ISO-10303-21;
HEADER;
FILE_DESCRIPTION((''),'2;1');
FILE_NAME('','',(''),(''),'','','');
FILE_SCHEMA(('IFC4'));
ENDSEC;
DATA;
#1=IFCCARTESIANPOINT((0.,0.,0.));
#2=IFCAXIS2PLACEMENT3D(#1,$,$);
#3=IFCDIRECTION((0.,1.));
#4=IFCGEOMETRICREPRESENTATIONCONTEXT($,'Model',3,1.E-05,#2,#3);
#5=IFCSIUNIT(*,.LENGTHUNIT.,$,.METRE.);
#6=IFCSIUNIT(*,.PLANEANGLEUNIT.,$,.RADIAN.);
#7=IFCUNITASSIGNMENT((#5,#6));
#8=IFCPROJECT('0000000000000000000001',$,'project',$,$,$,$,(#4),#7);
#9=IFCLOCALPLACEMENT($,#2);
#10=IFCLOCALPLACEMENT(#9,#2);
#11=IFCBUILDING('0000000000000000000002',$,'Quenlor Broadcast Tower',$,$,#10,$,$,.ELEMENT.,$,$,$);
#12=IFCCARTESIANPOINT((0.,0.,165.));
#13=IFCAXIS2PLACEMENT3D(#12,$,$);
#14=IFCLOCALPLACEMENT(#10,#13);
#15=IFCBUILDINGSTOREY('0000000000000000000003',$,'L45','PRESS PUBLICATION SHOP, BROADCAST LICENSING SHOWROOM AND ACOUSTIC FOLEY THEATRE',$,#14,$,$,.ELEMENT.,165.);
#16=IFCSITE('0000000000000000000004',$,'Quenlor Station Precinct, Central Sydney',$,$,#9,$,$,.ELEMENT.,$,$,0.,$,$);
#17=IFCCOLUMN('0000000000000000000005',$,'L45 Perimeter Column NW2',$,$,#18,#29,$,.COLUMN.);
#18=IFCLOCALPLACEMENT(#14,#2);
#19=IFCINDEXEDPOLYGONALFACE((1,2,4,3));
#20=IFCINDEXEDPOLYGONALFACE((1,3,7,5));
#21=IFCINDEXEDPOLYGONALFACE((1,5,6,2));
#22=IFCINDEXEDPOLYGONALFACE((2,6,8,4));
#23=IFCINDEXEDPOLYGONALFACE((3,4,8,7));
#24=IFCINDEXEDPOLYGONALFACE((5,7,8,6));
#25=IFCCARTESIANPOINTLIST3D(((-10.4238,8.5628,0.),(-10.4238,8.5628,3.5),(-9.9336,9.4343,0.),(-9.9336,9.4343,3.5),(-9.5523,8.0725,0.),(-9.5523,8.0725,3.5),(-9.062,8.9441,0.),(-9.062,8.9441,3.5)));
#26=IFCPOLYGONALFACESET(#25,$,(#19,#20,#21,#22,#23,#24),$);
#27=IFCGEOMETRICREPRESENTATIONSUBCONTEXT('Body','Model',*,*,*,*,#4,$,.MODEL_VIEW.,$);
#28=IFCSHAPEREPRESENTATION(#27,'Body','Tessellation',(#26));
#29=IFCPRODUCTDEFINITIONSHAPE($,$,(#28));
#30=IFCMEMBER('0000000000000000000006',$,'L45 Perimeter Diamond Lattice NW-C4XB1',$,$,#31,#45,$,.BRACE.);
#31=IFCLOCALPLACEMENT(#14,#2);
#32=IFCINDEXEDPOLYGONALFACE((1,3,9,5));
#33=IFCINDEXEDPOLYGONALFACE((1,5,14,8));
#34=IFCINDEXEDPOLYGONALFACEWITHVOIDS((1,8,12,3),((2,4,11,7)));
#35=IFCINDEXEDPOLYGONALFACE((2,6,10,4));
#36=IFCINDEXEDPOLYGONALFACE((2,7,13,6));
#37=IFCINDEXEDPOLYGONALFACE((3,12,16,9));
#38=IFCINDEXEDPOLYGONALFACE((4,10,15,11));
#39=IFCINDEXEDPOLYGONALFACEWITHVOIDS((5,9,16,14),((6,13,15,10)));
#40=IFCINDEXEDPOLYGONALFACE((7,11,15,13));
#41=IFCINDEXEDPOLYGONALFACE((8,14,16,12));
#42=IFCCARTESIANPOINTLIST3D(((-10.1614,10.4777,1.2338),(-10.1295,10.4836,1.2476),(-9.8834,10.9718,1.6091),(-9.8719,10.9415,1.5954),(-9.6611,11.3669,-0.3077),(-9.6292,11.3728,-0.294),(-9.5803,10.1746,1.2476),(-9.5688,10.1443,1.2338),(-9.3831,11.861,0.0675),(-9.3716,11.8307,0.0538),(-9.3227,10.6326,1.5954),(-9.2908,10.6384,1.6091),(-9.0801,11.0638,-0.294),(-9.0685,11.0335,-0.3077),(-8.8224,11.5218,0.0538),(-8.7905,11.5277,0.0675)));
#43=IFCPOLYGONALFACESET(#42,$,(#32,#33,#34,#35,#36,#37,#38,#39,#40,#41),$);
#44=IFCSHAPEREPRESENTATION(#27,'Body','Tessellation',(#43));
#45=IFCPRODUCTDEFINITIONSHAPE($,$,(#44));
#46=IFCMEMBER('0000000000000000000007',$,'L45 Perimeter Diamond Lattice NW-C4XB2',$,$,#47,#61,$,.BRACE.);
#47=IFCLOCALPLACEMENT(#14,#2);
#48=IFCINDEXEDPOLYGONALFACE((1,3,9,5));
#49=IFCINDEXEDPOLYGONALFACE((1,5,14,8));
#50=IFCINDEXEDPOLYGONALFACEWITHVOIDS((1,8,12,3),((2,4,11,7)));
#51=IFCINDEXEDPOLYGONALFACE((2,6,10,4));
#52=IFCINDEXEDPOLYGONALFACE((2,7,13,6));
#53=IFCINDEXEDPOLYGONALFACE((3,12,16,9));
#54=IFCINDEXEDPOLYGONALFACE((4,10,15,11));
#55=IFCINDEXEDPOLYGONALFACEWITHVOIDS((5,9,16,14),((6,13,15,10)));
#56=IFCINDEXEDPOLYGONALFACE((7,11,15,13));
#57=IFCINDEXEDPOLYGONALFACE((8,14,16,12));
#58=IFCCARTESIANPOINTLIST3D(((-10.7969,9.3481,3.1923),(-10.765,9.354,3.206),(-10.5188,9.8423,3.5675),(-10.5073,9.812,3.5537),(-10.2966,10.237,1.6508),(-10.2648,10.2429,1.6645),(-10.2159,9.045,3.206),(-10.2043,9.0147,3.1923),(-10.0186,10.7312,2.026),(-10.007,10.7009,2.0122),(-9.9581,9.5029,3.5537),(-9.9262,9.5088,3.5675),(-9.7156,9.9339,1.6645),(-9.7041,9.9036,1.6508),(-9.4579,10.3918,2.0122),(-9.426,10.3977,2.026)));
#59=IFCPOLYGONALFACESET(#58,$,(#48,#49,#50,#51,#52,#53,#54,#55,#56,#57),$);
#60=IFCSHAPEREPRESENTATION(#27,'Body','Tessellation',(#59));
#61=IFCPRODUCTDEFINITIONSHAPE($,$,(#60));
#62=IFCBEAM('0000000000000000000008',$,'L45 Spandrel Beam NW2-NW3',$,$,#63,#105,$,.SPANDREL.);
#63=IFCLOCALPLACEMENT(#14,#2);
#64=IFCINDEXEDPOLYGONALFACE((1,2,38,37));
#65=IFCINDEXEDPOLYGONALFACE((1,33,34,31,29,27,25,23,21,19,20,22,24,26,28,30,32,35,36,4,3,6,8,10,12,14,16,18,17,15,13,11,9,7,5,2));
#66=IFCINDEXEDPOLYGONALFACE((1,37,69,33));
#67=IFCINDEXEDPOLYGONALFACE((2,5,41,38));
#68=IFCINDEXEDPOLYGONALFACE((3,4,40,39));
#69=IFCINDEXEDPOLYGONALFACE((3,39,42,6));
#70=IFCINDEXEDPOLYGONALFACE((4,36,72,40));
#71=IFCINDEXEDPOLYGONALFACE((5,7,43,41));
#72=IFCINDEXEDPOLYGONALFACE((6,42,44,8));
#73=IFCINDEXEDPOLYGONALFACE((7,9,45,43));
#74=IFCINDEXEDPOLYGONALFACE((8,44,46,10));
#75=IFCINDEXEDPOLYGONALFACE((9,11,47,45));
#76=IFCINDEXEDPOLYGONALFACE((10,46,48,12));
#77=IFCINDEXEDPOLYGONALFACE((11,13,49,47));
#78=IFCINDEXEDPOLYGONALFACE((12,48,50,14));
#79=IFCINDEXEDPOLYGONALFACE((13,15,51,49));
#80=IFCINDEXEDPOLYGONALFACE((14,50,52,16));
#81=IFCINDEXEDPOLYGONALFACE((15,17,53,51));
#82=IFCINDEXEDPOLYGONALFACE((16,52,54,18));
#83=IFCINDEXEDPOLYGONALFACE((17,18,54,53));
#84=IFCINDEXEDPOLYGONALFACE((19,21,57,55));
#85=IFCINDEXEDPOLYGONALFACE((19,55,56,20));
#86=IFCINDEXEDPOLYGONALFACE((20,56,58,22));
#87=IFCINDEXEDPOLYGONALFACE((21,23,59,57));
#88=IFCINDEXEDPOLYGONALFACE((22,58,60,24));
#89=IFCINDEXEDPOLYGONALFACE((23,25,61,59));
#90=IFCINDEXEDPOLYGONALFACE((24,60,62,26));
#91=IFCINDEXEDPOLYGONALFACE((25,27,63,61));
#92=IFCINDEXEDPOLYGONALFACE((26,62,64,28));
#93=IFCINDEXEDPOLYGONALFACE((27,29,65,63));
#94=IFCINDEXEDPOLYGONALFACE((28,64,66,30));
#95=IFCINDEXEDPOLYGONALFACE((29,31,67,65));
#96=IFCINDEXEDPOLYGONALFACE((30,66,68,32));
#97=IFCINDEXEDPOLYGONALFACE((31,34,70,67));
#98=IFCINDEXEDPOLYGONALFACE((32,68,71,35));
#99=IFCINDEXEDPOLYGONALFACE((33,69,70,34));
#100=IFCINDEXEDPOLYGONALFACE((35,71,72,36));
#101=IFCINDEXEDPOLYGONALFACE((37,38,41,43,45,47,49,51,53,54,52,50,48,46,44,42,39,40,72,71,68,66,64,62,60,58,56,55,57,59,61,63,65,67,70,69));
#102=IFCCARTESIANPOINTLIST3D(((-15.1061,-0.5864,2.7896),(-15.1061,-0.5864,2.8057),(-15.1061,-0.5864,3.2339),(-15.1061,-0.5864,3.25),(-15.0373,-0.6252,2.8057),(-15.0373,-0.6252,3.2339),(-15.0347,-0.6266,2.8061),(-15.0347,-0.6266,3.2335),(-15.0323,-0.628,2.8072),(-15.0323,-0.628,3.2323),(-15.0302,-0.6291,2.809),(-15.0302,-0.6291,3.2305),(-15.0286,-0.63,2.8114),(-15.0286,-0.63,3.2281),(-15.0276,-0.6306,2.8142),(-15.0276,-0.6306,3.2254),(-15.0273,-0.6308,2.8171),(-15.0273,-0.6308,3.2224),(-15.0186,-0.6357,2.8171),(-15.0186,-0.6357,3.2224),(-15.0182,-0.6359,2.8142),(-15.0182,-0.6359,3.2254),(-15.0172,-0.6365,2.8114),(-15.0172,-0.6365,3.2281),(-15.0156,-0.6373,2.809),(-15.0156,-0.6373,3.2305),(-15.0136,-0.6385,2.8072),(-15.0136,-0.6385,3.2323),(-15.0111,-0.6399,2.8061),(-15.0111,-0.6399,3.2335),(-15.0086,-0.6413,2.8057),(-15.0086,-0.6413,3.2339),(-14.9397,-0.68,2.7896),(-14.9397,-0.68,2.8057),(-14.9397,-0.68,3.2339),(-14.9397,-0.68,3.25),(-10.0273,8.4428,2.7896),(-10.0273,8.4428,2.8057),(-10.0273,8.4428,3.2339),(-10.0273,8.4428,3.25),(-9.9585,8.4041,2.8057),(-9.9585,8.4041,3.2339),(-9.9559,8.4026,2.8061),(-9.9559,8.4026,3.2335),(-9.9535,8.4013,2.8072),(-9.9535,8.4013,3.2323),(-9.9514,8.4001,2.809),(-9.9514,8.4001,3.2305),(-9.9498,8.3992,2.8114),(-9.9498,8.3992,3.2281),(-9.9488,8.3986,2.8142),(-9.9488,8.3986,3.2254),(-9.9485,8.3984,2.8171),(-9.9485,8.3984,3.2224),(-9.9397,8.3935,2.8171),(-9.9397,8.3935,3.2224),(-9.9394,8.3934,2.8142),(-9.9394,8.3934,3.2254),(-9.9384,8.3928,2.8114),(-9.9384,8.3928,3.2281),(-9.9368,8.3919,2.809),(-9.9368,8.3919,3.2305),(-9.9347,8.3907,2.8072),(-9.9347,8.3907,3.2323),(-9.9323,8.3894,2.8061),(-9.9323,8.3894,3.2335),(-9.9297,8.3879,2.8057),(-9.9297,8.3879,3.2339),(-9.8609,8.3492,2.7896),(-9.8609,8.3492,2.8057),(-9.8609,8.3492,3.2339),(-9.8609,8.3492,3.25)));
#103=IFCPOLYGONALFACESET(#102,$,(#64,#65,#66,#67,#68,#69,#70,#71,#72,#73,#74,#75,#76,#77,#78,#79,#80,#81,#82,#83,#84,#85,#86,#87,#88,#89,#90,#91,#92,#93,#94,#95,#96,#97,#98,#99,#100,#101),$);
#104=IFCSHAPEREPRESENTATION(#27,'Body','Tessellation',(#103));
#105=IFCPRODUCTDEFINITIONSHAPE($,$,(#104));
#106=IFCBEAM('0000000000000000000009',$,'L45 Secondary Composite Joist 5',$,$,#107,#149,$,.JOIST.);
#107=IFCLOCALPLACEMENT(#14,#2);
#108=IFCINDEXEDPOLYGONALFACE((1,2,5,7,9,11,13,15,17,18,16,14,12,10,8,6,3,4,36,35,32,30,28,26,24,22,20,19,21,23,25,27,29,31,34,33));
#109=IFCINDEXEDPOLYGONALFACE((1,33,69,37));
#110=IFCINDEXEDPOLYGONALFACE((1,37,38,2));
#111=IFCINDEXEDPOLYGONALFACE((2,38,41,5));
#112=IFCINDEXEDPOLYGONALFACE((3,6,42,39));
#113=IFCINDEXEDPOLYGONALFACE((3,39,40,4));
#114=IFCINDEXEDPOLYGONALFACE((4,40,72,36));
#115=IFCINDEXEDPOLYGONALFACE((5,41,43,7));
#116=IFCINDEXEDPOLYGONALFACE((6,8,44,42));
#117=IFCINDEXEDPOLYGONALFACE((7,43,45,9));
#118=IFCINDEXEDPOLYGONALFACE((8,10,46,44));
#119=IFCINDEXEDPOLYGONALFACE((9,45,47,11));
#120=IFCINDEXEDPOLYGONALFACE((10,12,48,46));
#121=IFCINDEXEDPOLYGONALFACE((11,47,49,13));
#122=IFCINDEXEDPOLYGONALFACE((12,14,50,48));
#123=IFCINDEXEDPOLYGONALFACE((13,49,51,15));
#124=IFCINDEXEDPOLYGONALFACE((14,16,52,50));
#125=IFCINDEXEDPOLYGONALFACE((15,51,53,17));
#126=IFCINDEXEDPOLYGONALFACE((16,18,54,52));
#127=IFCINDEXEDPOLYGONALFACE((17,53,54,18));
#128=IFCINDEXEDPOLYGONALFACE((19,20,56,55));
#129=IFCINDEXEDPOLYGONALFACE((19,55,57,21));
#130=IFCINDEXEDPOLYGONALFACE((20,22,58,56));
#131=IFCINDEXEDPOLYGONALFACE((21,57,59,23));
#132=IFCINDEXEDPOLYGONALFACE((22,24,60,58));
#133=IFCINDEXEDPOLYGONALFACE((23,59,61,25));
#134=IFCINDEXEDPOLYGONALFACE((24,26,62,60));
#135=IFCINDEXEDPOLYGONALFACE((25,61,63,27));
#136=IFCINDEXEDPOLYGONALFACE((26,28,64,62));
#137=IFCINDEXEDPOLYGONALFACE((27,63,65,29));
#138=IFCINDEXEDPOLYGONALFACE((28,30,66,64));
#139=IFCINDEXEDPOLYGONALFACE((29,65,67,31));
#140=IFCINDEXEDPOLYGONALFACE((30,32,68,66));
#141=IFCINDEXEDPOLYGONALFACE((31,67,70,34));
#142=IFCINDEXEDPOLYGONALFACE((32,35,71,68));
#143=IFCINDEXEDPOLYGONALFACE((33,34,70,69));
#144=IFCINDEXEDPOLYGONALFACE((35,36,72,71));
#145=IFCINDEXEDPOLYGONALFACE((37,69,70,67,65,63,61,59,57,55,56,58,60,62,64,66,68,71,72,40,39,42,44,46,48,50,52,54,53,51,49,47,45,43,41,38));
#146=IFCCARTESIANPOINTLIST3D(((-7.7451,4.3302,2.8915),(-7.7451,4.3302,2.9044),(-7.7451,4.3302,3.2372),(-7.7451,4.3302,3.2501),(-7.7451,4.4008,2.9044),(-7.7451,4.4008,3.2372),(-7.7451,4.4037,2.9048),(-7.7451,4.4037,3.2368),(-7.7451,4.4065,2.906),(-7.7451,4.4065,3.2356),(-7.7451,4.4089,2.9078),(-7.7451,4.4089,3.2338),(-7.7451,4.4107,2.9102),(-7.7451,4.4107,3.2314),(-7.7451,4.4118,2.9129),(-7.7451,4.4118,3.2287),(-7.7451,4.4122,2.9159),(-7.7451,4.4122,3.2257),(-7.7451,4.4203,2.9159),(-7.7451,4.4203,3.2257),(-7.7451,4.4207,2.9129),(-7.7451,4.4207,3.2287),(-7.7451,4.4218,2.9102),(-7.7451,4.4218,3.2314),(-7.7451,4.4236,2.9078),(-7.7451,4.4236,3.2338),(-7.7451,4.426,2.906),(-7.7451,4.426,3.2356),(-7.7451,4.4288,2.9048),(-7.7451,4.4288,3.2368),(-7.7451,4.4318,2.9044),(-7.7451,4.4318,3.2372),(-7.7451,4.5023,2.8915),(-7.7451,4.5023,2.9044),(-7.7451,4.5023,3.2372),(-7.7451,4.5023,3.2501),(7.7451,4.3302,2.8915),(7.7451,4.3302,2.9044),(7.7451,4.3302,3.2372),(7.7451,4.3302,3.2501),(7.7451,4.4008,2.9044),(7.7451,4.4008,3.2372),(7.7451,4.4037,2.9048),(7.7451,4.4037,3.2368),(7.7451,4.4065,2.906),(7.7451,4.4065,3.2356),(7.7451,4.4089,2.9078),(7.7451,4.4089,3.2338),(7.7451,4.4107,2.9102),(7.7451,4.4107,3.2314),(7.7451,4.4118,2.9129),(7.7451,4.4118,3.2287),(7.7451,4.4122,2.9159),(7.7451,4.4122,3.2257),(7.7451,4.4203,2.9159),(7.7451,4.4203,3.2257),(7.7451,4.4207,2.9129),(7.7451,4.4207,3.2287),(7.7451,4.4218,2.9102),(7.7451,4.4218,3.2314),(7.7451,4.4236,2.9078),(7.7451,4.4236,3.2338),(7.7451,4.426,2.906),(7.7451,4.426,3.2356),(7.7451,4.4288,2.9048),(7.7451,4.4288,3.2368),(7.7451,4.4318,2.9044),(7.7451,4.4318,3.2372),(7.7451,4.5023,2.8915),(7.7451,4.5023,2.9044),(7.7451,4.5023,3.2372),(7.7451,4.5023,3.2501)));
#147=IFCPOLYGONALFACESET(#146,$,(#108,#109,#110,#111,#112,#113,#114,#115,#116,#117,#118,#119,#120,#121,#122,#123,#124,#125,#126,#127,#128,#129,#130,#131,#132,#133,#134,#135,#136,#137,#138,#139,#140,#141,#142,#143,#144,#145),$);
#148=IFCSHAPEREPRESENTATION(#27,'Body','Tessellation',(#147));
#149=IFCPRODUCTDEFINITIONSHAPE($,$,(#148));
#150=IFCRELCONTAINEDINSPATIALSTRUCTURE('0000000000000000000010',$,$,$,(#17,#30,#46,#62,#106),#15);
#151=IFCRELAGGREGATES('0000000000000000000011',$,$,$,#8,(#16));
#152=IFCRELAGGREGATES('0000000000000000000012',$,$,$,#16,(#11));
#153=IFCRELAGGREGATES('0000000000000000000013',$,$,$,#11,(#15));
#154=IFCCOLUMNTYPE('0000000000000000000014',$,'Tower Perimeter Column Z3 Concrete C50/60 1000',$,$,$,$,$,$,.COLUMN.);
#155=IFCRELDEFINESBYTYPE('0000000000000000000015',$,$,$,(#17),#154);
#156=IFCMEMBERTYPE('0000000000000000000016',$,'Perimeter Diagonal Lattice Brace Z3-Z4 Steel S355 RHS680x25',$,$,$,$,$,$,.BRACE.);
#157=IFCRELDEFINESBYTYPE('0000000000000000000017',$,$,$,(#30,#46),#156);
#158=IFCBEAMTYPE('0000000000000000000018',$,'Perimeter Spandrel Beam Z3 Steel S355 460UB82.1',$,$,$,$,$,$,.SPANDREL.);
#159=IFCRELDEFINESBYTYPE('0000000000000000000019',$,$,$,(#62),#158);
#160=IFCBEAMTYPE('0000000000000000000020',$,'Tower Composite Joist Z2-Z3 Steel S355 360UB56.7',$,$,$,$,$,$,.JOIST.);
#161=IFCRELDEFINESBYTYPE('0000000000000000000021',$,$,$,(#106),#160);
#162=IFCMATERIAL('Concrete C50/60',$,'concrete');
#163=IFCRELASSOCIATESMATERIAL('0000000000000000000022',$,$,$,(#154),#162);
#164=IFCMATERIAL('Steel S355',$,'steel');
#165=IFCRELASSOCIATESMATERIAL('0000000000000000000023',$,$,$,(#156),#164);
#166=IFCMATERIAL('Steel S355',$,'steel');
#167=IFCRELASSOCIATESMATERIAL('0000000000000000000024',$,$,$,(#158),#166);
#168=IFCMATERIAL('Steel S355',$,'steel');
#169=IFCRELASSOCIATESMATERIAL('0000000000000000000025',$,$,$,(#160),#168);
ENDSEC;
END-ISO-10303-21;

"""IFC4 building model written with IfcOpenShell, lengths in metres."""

from ifc_helpers import new_model, si_unit, direction, frame, origin, origin_2d, place, context, subcontext, project, spatial, rectangle, hollow_rectangle, i_section, extrude, material, material_profile, profile_set, type_object, element, save


model = new_model("IFC4")

# Units and contexts
model_context = context("Model", 3, precision=1e-05, world=origin(), true_north=direction((0.0, 1.0)))
body_context = subcontext(model_context, "Body", "Model", "MODEL_VIEW")
ifc_project = project(units=[si_unit("LENGTHUNIT", "METRE"), si_unit("PLANEANGLEUNIT", "RADIAN")], contexts=[model_context])

# Site, building, storey
site_placement = place(None, origin())
site = spatial("IfcSite", under=ifc_project, at=site_placement, Name="Quenlor Station Precinct, Central Sydney", CompositionType="ELEMENT", RefElevation=0.0)
building_placement = place(site_placement, origin())
building = spatial("IfcBuilding", under=site, at=building_placement, Name="Quenlor Broadcast Tower", CompositionType="ELEMENT")
storey_placement = place(building_placement, frame((0.0, 0.0, 165.0)))
storey = spatial("IfcBuildingStorey", under=building, at=storey_placement, Name="L45", Description="PRESS PUBLICATION SHOP, BROADCAST LICENSING SHOWROOM AND ACOUSTIC FOLEY THEATRE", CompositionType="ELEMENT", Elevation=165.0)

# Column
ifc_material_1 = material(Name="Concrete C50/60", Category="concrete")
ifc_material_profile_1 = material_profile(ifc_material_1, rectangle(XDim=1.0, YDim=1.0, at=origin_2d()))
ifc_profile_set_1 = profile_set([ifc_material_profile_1], Name="Concrete C50/60 RC1000x1000")
column_type = type_object("IfcColumnType", Name="Tower Perimeter Column Z3 Concrete C50/60 1000", PredefinedType="COLUMN", material=ifc_profile_set_1)
column_placement = place(storey_placement, frame((-9.7429, 8.7534, 0.0), z_axis=(0.0, 0.0, 1.0), x_axis=(-0.871575, 0.490262, 0.0)))
element("IfcColumn", 1, at=column_placement, inside=storey, type_object=column_type, Name="L45 Perimeter Column NW2", PredefinedType="COLUMN", context=body_context, shape_type="SweptSolid", body=[
    extrude(rectangle(XDim=1.0, YDim=1.0, at=origin_2d()), origin(), (0.0, 0.0, 1.0), 3.5),
])

# Members
ifc_material_2 = material(Name="Steel S355", Category="steel")
ifc_material_profile_2 = material_profile(ifc_material_2, hollow_rectangle(XDim=0.6799, YDim=0.6799, WallThickness=0.0249, at=origin_2d()))
ifc_profile_set_2 = profile_set([ifc_material_profile_2], Name="Steel S355 RHS680x680x25")
member_type = type_object("IfcMemberType", Name="Perimeter Diagonal Lattice Brace Z3-Z4 Steel S355 RHS680x25", PredefinedType="BRACE", material=ifc_profile_set_2)
member_1_placement = place(storey_placement, frame((-9.2258, 11.4473, -0.1201), z_axis=(-0.270616, -0.481008, 0.833905), x_axis=(0.871537, -0.490329, 0.0)))
element("IfcMember", 2, at=member_1_placement, inside=storey, type_object=member_type, Name="L45 Perimeter Diamond Lattice NW-C4XB1", PredefinedType="BRACE", context=body_context, shape_type="SweptSolid", body=[
    extrude(hollow_rectangle(XDim=0.6799, YDim=0.6799, WallThickness=0.0249, at=origin_2d()), origin(), (0.0, 0.0, 1.0), 1.8486),
])
member_2_placement = place(storey_placement, frame((-9.8613, 10.3174, 1.8384), z_axis=(-0.270634, -0.480906, 0.833958), x_axis=(0.87148, -0.490432, 0.0)))
element("IfcMember", 3, at=member_2_placement, inside=storey, type_object=member_type, Name="L45 Perimeter Diamond Lattice NW-C4XB2", PredefinedType="BRACE", context=body_context, shape_type="SweptSolid", body=[
    extrude(hollow_rectangle(XDim=0.6799, YDim=0.6799, WallThickness=0.0249, at=origin_2d()), origin(), (0.0, 0.0, 1.0), 1.8484),
])

# Beams
ifc_material_3 = material(Name="Steel S355", Category="steel")
ifc_material_profile_3 = material_profile(ifc_material_3, i_section(OverallWidth=0.1909, OverallDepth=0.4604, WebThickness=0.01, FlangeThickness=0.0161, FilletRadius=0.0115, at=origin_2d()))
ifc_profile_set_3 = profile_set([ifc_material_profile_3], Name="Steel S355 460UB82.1")
beam_type_1 = type_object("IfcBeamType", Name="Perimeter Spandrel Beam Z3 Steel S355 460UB82.1", PredefinedType="SPANDREL", material=ifc_profile_set_3)
beam_1_placement = place(storey_placement, frame((-9.9441, 8.396, 3.0198), z_axis=(-0.490252, -0.871581, 0.0), x_axis=(0.871581, -0.490252, 0.0)))
element("IfcBeam", 4, at=beam_1_placement, inside=storey, type_object=beam_type_1, Name="L45 Spandrel Beam NW2-NW3", PredefinedType="SPANDREL", context=body_context, shape_type="SweptSolid", body=[
    extrude(i_section(OverallWidth=0.1909, OverallDepth=0.4604, WebThickness=0.01, FlangeThickness=0.0161, FilletRadius=0.0115, at=origin_2d()), origin(), (0.0, 0.0, 1.0), 10.3596),
])
ifc_material_4 = material(Name="Steel S355", Category="steel")
ifc_material_profile_4 = material_profile(ifc_material_4, i_section(OverallWidth=0.1721, OverallDepth=0.3586, WebThickness=0.0081, FlangeThickness=0.0129, FilletRadius=0.0115, at=origin_2d()))
ifc_profile_set_4 = profile_set([ifc_material_profile_4], Name="Steel S355 360UB56.7")
beam_type_2 = type_object("IfcBeamType", Name="Tower Composite Joist Z2-Z3 Steel S355 360UB56.7", PredefinedType="JOIST", material=ifc_profile_set_4)
beam_2_placement = place(storey_placement, frame((-7.7451, 4.4163, 3.0708), z_axis=(1.0, 0.0, 0.0), x_axis=(0.0, 1.0, 0.0)))
element("IfcBeam", 5, at=beam_2_placement, inside=storey, type_object=beam_type_2, Name="L45 Secondary Composite Joist 5", PredefinedType="JOIST", context=body_context, shape_type="SweptSolid", body=[
    extrude(i_section(OverallWidth=0.1721, OverallDepth=0.3586, WebThickness=0.0081, FlangeThickness=0.0129, FilletRadius=0.0115, at=origin_2d()), origin(), (0.0, 0.0, 1.0), 15.4902),
])

save(model, "model.ifc")
